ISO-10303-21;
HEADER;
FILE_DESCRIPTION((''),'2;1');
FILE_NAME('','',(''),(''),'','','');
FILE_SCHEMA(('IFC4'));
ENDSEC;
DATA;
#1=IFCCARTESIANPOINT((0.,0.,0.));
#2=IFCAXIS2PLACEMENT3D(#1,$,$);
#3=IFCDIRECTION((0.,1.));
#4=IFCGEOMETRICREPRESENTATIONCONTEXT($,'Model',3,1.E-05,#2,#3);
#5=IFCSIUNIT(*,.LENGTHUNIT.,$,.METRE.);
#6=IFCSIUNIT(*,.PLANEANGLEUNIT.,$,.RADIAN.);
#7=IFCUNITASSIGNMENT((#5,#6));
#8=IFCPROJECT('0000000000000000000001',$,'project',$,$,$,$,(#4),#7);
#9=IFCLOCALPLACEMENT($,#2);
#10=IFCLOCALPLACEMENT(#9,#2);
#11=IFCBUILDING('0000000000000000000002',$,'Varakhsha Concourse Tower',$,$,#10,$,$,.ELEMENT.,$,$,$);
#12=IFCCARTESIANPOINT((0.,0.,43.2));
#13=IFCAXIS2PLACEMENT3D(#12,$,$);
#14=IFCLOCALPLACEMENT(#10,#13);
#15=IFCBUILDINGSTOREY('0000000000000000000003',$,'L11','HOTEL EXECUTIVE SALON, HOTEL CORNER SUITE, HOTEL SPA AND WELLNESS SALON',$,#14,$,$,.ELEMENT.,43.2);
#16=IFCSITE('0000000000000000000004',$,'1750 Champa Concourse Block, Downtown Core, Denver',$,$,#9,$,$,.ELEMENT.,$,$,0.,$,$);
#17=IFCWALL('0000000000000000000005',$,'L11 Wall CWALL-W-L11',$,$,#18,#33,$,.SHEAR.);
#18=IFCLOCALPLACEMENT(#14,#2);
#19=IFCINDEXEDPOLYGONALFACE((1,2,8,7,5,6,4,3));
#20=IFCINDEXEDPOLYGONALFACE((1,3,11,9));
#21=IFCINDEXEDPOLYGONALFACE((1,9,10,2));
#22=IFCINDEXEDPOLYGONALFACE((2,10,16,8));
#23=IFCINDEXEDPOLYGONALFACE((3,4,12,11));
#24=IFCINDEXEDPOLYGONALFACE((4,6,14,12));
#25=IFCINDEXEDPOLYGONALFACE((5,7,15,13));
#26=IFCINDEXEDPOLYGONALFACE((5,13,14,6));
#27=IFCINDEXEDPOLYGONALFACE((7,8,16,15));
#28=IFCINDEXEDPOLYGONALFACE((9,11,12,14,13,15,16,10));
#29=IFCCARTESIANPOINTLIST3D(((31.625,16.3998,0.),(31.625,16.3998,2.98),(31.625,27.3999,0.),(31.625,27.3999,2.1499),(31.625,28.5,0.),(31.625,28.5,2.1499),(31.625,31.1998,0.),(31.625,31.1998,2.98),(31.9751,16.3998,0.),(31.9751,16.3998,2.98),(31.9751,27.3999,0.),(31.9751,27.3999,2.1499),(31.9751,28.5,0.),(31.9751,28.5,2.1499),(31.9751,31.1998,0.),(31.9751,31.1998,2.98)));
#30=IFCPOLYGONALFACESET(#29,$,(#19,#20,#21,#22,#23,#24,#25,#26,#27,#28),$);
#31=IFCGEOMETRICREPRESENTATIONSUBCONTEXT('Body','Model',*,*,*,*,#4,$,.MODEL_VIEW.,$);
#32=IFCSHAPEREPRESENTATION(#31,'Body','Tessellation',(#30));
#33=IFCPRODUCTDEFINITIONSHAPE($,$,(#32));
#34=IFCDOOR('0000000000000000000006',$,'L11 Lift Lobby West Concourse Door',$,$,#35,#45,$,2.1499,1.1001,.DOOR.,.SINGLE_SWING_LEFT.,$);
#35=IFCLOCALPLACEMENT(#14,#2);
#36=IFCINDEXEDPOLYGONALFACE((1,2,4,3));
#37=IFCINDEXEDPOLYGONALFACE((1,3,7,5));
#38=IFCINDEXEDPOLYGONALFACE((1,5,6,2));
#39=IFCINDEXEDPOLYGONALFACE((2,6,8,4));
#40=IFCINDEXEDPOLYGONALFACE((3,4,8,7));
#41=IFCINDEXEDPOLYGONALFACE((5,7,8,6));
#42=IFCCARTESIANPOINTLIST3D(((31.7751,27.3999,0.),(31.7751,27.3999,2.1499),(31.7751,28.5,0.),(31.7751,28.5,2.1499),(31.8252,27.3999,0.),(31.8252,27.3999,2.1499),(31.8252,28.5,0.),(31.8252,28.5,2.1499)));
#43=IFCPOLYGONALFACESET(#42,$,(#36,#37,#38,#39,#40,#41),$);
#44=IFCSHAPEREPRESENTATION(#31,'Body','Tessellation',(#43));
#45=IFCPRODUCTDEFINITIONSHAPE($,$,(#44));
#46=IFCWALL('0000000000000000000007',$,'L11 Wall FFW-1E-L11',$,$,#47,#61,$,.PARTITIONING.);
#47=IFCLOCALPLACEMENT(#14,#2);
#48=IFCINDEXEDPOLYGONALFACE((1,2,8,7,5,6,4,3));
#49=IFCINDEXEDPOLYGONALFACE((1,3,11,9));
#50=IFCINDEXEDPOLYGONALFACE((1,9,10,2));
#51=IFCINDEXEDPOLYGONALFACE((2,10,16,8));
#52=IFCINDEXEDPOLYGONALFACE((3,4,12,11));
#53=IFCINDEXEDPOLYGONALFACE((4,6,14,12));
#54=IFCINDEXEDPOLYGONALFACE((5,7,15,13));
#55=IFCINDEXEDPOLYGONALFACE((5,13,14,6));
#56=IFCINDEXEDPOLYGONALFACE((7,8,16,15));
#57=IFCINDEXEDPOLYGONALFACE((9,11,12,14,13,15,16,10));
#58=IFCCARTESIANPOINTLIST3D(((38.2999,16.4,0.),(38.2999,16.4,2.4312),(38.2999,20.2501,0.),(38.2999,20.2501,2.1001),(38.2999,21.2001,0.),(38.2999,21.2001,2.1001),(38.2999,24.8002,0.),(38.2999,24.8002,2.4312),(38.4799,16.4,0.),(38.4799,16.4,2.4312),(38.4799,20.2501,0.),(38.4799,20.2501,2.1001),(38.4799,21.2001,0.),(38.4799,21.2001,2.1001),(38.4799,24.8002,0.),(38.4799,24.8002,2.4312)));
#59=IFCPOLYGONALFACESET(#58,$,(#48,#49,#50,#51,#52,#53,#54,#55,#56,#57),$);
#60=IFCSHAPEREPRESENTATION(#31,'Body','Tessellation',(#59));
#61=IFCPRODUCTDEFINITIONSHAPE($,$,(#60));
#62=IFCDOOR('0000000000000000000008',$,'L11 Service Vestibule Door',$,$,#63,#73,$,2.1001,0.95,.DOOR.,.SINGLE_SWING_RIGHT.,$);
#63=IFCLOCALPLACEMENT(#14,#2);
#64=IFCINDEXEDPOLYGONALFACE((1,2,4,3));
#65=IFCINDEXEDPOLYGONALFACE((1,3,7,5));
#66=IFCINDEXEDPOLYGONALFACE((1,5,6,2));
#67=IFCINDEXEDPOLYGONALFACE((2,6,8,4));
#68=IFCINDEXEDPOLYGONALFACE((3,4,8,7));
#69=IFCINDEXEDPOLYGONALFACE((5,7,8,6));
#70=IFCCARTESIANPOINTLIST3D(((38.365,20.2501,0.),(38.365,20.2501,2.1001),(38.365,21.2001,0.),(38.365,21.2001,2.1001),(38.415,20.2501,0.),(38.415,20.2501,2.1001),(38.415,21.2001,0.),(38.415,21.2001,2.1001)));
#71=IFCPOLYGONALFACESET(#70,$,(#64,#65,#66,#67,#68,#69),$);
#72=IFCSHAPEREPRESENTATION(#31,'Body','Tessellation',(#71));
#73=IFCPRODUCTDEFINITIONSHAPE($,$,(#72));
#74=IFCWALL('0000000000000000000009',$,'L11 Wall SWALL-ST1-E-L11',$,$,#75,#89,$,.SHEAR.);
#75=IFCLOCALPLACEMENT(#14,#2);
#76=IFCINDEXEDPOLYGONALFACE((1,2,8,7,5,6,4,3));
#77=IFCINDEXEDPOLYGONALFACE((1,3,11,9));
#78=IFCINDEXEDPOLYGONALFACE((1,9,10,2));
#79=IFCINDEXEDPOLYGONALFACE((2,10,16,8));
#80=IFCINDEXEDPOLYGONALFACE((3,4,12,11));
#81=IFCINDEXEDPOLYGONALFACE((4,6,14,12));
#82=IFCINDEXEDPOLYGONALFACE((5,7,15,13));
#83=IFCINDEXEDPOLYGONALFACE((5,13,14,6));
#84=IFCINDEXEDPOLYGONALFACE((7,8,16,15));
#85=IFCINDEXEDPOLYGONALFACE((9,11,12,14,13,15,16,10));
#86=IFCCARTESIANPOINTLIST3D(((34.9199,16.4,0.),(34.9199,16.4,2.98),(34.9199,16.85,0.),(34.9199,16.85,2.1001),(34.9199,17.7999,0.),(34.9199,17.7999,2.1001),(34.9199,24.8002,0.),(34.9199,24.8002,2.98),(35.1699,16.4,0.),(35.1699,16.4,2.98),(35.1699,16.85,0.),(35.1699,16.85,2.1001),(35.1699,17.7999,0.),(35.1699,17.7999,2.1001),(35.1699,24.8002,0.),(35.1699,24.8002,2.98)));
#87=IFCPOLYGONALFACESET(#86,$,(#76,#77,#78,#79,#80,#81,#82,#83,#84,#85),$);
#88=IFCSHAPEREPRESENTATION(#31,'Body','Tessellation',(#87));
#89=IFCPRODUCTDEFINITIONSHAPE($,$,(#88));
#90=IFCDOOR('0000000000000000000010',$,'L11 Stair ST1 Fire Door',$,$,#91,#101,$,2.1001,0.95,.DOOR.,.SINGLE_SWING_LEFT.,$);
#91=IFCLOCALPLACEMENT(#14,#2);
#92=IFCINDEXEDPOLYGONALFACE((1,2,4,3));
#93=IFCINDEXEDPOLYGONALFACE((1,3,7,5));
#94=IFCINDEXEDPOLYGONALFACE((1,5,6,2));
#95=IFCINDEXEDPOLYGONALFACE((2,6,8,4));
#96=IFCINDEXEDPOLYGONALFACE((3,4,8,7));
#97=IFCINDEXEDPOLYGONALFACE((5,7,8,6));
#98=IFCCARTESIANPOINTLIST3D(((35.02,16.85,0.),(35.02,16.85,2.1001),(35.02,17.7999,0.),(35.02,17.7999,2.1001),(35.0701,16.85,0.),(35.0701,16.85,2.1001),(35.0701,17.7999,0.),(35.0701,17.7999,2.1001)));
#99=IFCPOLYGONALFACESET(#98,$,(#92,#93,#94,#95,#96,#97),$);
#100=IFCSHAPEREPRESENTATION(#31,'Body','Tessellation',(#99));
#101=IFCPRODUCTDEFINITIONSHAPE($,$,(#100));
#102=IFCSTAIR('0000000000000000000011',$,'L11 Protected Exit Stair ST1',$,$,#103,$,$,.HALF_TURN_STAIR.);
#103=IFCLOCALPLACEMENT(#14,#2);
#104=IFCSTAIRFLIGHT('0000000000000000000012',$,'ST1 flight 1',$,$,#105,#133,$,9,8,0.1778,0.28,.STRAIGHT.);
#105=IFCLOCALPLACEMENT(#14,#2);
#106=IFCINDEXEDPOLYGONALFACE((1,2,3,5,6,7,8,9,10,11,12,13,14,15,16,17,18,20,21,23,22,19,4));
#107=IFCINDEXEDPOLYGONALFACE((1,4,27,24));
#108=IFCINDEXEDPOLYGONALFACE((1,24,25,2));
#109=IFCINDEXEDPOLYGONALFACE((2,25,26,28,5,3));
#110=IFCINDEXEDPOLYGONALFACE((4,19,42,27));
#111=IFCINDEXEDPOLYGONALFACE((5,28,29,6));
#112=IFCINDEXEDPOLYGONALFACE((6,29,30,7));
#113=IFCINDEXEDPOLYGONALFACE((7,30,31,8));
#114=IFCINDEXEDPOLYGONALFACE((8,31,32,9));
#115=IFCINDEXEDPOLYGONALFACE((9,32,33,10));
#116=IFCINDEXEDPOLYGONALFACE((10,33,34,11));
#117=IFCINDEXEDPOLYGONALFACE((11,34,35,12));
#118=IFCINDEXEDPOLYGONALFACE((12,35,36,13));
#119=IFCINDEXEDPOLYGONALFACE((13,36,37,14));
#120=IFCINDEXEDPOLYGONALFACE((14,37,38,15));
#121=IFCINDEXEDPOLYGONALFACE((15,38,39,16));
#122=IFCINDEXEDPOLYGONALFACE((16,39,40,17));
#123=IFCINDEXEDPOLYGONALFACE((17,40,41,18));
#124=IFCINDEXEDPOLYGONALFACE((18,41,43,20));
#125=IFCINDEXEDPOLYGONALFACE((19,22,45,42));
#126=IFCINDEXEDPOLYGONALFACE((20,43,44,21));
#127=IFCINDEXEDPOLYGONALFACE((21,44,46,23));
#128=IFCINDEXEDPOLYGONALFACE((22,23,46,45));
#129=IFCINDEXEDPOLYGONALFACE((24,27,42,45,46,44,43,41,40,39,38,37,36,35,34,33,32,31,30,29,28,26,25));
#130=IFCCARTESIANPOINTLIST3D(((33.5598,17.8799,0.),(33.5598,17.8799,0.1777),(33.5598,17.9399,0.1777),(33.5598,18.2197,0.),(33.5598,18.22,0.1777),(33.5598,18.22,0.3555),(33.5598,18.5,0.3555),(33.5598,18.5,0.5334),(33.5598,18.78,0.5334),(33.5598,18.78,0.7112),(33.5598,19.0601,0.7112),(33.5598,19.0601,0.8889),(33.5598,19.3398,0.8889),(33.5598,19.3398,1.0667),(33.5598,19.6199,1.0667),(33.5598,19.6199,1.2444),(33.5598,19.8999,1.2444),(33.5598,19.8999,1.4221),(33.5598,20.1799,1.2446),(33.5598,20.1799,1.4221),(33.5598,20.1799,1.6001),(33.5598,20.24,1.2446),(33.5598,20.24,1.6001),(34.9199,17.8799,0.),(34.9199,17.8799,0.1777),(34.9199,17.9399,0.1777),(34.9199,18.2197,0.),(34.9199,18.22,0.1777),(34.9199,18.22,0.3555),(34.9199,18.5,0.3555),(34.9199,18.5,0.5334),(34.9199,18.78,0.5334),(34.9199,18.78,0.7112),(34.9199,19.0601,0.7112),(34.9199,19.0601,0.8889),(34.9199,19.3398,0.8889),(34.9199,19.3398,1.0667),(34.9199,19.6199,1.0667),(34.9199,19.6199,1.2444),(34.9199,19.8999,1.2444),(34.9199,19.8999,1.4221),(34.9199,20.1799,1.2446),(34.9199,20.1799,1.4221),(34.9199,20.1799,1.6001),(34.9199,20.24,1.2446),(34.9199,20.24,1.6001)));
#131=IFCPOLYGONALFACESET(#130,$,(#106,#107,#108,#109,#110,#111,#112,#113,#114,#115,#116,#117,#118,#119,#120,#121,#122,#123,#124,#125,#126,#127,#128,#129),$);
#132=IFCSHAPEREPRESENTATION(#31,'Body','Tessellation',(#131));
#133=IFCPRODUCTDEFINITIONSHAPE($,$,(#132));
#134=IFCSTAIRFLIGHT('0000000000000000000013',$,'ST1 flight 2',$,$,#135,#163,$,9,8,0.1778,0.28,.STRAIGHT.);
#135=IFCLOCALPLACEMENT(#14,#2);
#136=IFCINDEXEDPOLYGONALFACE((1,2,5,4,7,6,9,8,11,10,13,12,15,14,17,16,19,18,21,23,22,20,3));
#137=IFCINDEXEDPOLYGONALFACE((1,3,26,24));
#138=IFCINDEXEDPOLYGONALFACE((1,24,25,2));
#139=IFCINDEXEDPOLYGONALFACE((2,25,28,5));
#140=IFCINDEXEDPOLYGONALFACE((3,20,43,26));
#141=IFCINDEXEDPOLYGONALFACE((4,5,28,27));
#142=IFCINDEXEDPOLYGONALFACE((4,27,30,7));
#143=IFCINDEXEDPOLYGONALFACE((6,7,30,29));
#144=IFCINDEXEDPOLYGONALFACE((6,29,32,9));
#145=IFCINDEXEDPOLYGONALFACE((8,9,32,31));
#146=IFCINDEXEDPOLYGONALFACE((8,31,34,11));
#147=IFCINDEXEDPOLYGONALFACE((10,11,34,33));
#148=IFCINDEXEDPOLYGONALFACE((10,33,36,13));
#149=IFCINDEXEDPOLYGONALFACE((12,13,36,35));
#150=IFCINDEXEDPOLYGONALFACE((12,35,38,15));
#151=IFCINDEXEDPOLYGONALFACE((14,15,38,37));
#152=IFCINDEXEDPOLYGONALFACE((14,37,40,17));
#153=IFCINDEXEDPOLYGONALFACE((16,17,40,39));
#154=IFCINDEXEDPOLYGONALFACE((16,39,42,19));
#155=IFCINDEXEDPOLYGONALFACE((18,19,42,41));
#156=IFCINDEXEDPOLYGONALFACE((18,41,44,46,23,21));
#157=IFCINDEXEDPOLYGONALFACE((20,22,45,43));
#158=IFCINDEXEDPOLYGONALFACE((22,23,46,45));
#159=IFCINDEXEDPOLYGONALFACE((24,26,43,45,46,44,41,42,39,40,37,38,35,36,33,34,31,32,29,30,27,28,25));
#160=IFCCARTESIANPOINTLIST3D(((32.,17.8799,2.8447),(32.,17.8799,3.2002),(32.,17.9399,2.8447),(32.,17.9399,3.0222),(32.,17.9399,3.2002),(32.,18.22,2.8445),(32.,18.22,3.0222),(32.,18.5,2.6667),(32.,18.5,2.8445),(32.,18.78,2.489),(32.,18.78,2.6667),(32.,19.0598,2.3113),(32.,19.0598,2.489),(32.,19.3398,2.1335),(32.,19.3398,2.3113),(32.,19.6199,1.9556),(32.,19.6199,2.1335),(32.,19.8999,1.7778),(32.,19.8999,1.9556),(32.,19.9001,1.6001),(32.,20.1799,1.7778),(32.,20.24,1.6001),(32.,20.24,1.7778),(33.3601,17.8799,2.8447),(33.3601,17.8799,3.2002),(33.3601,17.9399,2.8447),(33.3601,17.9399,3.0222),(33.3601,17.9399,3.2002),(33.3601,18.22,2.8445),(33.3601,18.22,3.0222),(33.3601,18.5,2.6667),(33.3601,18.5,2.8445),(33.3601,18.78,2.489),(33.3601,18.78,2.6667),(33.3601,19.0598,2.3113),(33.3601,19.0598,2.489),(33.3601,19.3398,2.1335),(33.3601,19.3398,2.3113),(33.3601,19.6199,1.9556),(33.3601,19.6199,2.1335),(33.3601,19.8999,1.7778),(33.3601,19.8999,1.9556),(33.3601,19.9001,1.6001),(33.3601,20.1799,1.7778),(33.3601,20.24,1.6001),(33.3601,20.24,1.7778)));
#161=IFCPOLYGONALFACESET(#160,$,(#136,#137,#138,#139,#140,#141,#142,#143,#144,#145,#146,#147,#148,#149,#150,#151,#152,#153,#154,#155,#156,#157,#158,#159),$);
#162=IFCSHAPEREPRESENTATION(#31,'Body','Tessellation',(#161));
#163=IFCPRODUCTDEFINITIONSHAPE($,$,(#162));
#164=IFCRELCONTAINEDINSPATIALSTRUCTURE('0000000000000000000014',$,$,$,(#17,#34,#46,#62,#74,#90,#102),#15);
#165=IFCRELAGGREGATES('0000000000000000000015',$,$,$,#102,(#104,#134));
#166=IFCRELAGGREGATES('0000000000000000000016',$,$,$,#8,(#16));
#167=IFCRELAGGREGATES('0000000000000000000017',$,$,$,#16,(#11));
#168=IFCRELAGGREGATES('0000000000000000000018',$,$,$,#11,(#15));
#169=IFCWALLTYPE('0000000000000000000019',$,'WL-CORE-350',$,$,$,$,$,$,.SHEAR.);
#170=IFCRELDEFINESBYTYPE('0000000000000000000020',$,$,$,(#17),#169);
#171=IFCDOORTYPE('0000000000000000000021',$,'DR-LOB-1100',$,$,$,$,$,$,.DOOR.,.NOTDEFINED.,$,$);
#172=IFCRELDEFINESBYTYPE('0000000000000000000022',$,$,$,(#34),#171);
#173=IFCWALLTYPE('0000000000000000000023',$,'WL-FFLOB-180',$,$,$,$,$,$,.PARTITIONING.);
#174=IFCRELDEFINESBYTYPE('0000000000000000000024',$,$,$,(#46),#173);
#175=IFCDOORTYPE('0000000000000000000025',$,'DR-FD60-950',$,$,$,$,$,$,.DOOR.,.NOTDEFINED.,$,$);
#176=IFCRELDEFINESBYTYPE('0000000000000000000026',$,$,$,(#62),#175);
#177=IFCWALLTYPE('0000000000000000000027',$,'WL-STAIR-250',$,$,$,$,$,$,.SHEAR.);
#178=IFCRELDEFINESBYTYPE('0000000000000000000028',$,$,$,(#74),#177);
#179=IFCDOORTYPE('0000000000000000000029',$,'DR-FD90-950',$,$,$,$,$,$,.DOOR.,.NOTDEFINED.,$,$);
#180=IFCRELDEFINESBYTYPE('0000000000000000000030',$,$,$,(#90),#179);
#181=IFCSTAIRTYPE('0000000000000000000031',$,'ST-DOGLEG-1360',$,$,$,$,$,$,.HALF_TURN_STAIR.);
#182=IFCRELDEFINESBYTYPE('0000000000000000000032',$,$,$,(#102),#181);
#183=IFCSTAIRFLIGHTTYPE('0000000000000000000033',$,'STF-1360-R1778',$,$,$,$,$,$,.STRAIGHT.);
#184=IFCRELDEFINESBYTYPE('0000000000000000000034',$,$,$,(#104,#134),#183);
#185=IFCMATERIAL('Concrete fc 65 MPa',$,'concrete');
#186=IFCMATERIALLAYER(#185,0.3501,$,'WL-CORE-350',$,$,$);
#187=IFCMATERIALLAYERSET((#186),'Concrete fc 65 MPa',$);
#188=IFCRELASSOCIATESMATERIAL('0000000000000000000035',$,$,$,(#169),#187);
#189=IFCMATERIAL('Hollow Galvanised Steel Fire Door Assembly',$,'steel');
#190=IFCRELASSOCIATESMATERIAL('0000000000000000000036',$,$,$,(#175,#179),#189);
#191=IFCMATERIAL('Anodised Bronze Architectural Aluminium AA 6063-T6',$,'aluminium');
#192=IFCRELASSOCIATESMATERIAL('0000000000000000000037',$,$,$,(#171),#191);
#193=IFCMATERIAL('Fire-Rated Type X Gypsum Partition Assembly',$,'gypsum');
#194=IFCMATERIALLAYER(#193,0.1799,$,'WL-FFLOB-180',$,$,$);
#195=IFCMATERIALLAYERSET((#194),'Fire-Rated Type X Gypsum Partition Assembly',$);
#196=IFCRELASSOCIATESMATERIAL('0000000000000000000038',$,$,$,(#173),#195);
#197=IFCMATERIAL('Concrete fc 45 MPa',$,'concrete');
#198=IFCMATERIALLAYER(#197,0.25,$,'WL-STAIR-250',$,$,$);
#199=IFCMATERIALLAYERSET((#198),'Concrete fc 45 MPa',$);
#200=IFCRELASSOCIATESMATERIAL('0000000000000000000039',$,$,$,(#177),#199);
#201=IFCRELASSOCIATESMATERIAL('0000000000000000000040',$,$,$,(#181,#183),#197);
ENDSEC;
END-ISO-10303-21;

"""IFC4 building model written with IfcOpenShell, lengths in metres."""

from ifc_helpers import new_model, si_unit, direction, frame, frame_2d, origin, place, context, subcontext, project, spatial, polyline, rectangle, outline, extrude, material, layer, layer_set, type_object, element, fill, aggregate, save


model = new_model("IFC4")

# Units and contexts
model_context = context("Model", 3, precision=1e-05, world=origin(), true_north=direction((0.0, 1.0)))
body_context = subcontext(model_context, "Body", "Model", "MODEL_VIEW")
ifc_project = project(units=[si_unit("LENGTHUNIT", "METRE"), si_unit("PLANEANGLEUNIT", "RADIAN")], contexts=[model_context])

# Site, building, storey
site_placement = place(None, origin())
site = spatial("IfcSite", under=ifc_project, at=site_placement, Name="1750 Champa Concourse Block, Downtown Core, Denver", CompositionType="ELEMENT", RefElevation=0.0)
building_placement = place(site_placement, origin())
building = spatial("IfcBuilding", under=site, at=building_placement, Name="Varakhsha Concourse Tower", CompositionType="ELEMENT")
storey_placement = place(building_placement, frame((0.0, 0.0, 43.2)))
storey = spatial("IfcBuildingStorey", under=building, at=storey_placement, Name="L11", Description="HOTEL EXECUTIVE SALON, HOTEL CORNER SUITE, HOTEL SPA AND WELLNESS SALON", CompositionType="ELEMENT", Elevation=43.2)

# Shared definitions
ifc_material_1 = material(Name="Concrete fc 65 MPa", Category="concrete")

# Shared definitions
ifc_layer_1 = layer(ifc_material_1, 0.3501, Name="WL-CORE-350")
ifc_layer_set_1 = layer_set([ifc_layer_1], Name="Concrete fc 65 MPa")
wall_type_1 = type_object("IfcWallType", Name="WL-CORE-350", PredefinedType="SHEAR", material=ifc_layer_set_1)
ifc_material_2 = material(Name="Hollow Galvanised Steel Fire Door Assembly", Category="steel")
door_type_1 = type_object("IfcDoorType", Name="DR-FD60-950", OperationType="NOTDEFINED", PredefinedType="DOOR", material=ifc_material_2)

# Walls, openings, doors
wall_1_placement = place(storey_placement, frame((31.8, 16.3999, 0.0), z_axis=(0.0, 0.0, 1.0), x_axis=(0.0, 1.0, 0.0)))
wall_1 = element("IfcWall", 1, at=wall_1_placement, inside=storey, type_object=wall_type_1, Name="L11 Wall CWALL-W-L11", PredefinedType="SHEAR", context=body_context, shape_type="SweptSolid", body=[
    extrude(rectangle(XDim=14.8, YDim=0.3501, at=frame_2d((7.3999, 0.0))), origin(), (0.0, 0.0, 1.0), 2.98),
])
opening_1_placement = place(wall_1_placement, frame((11.0, 0.0, 0.0)))
opening_1 = element("IfcOpeningElement", 2, at=opening_1_placement, cuts=wall_1, PredefinedType="OPENING", context=body_context, shape_type="SweptSolid", body=[
    extrude(rectangle(XDim=1.1001, YDim=2.1499, at=frame_2d((0.55, 1.075))), frame((0.0, 0.1851, 0.0), z_axis=(0.0, -1.0, 0.0), x_axis=(1.0, 0.0, 0.0)), (0.0, 0.0, 1.0), 0.3701),
])
ifc_material_3 = material(Name="Anodised Bronze Architectural Aluminium AA 6063-T6", Category="aluminium")
door_type_2 = type_object("IfcDoorType", Name="DR-LOB-1100", OperationType="NOTDEFINED", PredefinedType="DOOR", material=ifc_material_3)
door_1_placement = place(opening_1_placement, origin())
door_1 = element("IfcDoor", 3, at=door_1_placement, inside=storey, type_object=door_type_2, Name="L11 Lift Lobby West Concourse Door", OperationType="SINGLE_SWING_LEFT", OverallHeight=2.1499, OverallWidth=1.1001, PredefinedType="DOOR", context=body_context, shape_type="SweptSolid", body=[
    extrude(rectangle(XDim=1.1001, YDim=2.1499, at=frame_2d((0.55, 1.075))), frame((0.0, 0.0249, 0.0), z_axis=(0.0, -1.0, 0.0), x_axis=(1.0, 0.0, 0.0)), (0.0, 0.0, 1.0), 0.05),
])
fill(opening_1, door_1)
ifc_material_4 = material(Name="Fire-Rated Type X Gypsum Partition Assembly", Category="gypsum")
ifc_layer_2 = layer(ifc_material_4, 0.1799, Name="WL-FFLOB-180")
ifc_layer_set_2 = layer_set([ifc_layer_2], Name="Fire-Rated Type X Gypsum Partition Assembly")
wall_type_2 = type_object("IfcWallType", Name="WL-FFLOB-180", PredefinedType="PARTITIONING", material=ifc_layer_set_2)
wall_2_placement = place(storey_placement, frame((38.3899, 16.3999, 0.0), z_axis=(0.0, 0.0, 1.0), x_axis=(0.0, 1.0, 0.0)))
wall_2 = element("IfcWall", 4, at=wall_2_placement, inside=storey, type_object=wall_type_2, Name="L11 Wall FFW-1E-L11", PredefinedType="PARTITIONING", context=body_context, shape_type="SweptSolid", body=[
    extrude(rectangle(XDim=8.4001, YDim=0.1799, at=frame_2d((4.2002, 0.0))), origin(), (0.0, 0.0, 1.0), 2.4312),
])
opening_2_placement = place(wall_2_placement, frame((3.8501, 0.0, 0.0)))
opening_2 = element("IfcOpeningElement", 5, at=opening_2_placement, cuts=wall_2, PredefinedType="OPENING", context=body_context, shape_type="SweptSolid", body=[
    extrude(rectangle(XDim=0.95, YDim=2.1001, at=frame_2d((0.4751, 1.05))), frame((0.0, 0.0999, 0.0), z_axis=(0.0, -1.0, 0.0), x_axis=(1.0, 0.0, 0.0)), (0.0, 0.0, 1.0), 0.2),
])
door_2_placement = place(opening_2_placement, origin())
door_2 = element("IfcDoor", 6, at=door_2_placement, inside=storey, type_object=door_type_1, Name="L11 Service Vestibule Door", OperationType="SINGLE_SWING_RIGHT", OverallHeight=2.1001, OverallWidth=0.95, PredefinedType="DOOR", context=body_context, shape_type="SweptSolid", body=[
    extrude(rectangle(XDim=0.95, YDim=2.1001, at=frame_2d((0.4751, 1.05))), frame((0.0, 0.0249, 0.0), z_axis=(0.0, -1.0, 0.0), x_axis=(1.0, 0.0, 0.0)), (0.0, 0.0, 1.0), 0.05),
])
fill(opening_2, door_2)

# Wall, opening, door
ifc_material_5 = material(Name="Concrete fc 45 MPa", Category="concrete")
ifc_layer_3 = layer(ifc_material_5, 0.25, Name="WL-STAIR-250")
ifc_layer_set_3 = layer_set([ifc_layer_3], Name="Concrete fc 45 MPa")
wall_type_3 = type_object("IfcWallType", Name="WL-STAIR-250", PredefinedType="SHEAR", material=ifc_layer_set_3)
wall_3_placement = place(storey_placement, frame((35.0449, 16.3999, 0.0), z_axis=(0.0, 0.0, 1.0), x_axis=(0.0, 1.0, 0.0)))
wall_3 = element("IfcWall", 7, at=wall_3_placement, inside=storey, type_object=wall_type_3, Name="L11 Wall SWALL-ST1-E-L11", PredefinedType="SHEAR", context=body_context, shape_type="SweptSolid", body=[
    extrude(rectangle(XDim=8.4001, YDim=0.25, at=frame_2d((4.2002, 0.0))), origin(), (0.0, 0.0, 1.0), 2.98),
])
opening_3_placement = place(wall_3_placement, frame((0.45, 0.0, 0.0)))
opening_3 = element("IfcOpeningElement", 8, at=opening_3_placement, cuts=wall_3, PredefinedType="OPENING", context=body_context, shape_type="SweptSolid", body=[
    extrude(rectangle(XDim=0.95, YDim=2.1001, at=frame_2d((0.4751, 1.05))), frame((0.0, 0.135, 0.0), z_axis=(0.0, -1.0, 0.0), x_axis=(1.0, 0.0, 0.0)), (0.0, 0.0, 1.0), 0.27),
])
door_type_3 = type_object("IfcDoorType", Name="DR-FD90-950", OperationType="NOTDEFINED", PredefinedType="DOOR", material=ifc_material_2)
door_3_placement = place(opening_3_placement, origin())
door_3 = element("IfcDoor", 9, at=door_3_placement, inside=storey, type_object=door_type_3, Name="L11 Stair ST1 Fire Door", OperationType="SINGLE_SWING_LEFT", OverallHeight=2.1001, OverallWidth=0.95, PredefinedType="DOOR", context=body_context, shape_type="SweptSolid", body=[
    extrude(rectangle(XDim=0.95, YDim=2.1001, at=frame_2d((0.4751, 1.05))), frame((0.0, 0.0249, 0.0), z_axis=(0.0, -1.0, 0.0), x_axis=(1.0, 0.0, 0.0)), (0.0, 0.0, 1.0), 0.05),
])
fill(opening_3, door_3)

# Stair, stair flights
stair_type = type_object("IfcStairType", Name="ST-DOGLEG-1360", PredefinedType="HALF_TURN_STAIR", material=ifc_material_5)
stair_placement = place(storey_placement, origin())
stair = element("IfcStair", 10, at=stair_placement, inside=storey, type_object=stair_type, Name="L11 Protected Exit Stair ST1", PredefinedType="HALF_TURN_STAIR")
stair_flight_type = type_object("IfcStairFlightType", Name="STF-1360-R1778", PredefinedType="STRAIGHT", material=ifc_material_5)
stair_flight_1_placement = place(storey_placement, frame((34.24, 17.9399, 0.0), z_axis=(0.0, 0.0, 1.0), x_axis=(0.0, 1.0, 0.0)))
stair_flight_1 = element("IfcStairFlight", 11, at=stair_flight_1_placement, type_object=stair_flight_type, Name="ST1 flight 1", NumberOfRisers=9, NumberOfTreads=8, PredefinedType="STRAIGHT", RiserHeight=0.1778, TreadLength=0.28, context=body_context, shape_type="SweptSolid", body=[
    extrude(outline(polyline([(-0.0601, 0.0), (-0.0601, 0.1777), (0.0, 0.1777), (0.28, 0.1777), (0.28, 0.3555), (0.5601, 0.3555), (0.5601, 0.5334), (0.8401, 0.5334), (0.8401, 0.7112), (1.1201, 0.7112), (1.1201, 0.8889), (1.3999, 0.8889), (1.3999, 1.0667), (1.6799, 1.0667), (1.6799, 1.2444), (1.96, 1.2444), (1.96, 1.4221), (2.24, 1.4221), (2.24, 1.6001), (2.3, 1.6001), (2.3, 1.2446), (2.24, 1.2446), (0.2798, 0.0), (-0.0601, 0.0)])), frame((0.0, 0.6802, 0.0), z_axis=(0.0, -1.0, 0.0), x_axis=(1.0, 0.0, 0.0)), (0.0, 0.0, 1.0), 1.3601),
])
stair_flight_2_placement = place(storey_placement, frame((32.6799, 20.1799, 1.6001), z_axis=(0.0, 0.0, 1.0), x_axis=(0.0, -1.0, 0.0)))
stair_flight_2 = element("IfcStairFlight", 12, at=stair_flight_2_placement, type_object=stair_flight_type, Name="ST1 flight 2", NumberOfRisers=9, NumberOfTreads=8, PredefinedType="STRAIGHT", RiserHeight=0.1778, TreadLength=0.28, context=body_context, shape_type="SweptSolid", body=[
    extrude(outline(polyline([(-0.0601, 0.0), (-0.0601, 0.1777), (0.0, 0.1777), (0.28, 0.1777), (0.28, 0.3555), (0.5601, 0.3555), (0.5601, 0.5334), (0.8401, 0.5334), (0.8401, 0.7112), (1.1201, 0.7112), (1.1201, 0.8889), (1.3999, 0.8889), (1.3999, 1.0667), (1.6799, 1.0667), (1.6799, 1.2444), (1.96, 1.2444), (1.96, 1.4221), (2.24, 1.4221), (2.24, 1.6001), (2.3, 1.6001), (2.3, 1.2446), (2.24, 1.2446), (0.2798, 0.0), (-0.0601, 0.0)])), frame((0.0, 0.6802, 0.0), z_axis=(0.0, -1.0, 0.0), x_axis=(1.0, 0.0, 0.0)), (0.0, 0.0, 1.0), 1.3601),
])
aggregate(stair, [stair_flight_1, stair_flight_2])

save(model, "model.ifc")
